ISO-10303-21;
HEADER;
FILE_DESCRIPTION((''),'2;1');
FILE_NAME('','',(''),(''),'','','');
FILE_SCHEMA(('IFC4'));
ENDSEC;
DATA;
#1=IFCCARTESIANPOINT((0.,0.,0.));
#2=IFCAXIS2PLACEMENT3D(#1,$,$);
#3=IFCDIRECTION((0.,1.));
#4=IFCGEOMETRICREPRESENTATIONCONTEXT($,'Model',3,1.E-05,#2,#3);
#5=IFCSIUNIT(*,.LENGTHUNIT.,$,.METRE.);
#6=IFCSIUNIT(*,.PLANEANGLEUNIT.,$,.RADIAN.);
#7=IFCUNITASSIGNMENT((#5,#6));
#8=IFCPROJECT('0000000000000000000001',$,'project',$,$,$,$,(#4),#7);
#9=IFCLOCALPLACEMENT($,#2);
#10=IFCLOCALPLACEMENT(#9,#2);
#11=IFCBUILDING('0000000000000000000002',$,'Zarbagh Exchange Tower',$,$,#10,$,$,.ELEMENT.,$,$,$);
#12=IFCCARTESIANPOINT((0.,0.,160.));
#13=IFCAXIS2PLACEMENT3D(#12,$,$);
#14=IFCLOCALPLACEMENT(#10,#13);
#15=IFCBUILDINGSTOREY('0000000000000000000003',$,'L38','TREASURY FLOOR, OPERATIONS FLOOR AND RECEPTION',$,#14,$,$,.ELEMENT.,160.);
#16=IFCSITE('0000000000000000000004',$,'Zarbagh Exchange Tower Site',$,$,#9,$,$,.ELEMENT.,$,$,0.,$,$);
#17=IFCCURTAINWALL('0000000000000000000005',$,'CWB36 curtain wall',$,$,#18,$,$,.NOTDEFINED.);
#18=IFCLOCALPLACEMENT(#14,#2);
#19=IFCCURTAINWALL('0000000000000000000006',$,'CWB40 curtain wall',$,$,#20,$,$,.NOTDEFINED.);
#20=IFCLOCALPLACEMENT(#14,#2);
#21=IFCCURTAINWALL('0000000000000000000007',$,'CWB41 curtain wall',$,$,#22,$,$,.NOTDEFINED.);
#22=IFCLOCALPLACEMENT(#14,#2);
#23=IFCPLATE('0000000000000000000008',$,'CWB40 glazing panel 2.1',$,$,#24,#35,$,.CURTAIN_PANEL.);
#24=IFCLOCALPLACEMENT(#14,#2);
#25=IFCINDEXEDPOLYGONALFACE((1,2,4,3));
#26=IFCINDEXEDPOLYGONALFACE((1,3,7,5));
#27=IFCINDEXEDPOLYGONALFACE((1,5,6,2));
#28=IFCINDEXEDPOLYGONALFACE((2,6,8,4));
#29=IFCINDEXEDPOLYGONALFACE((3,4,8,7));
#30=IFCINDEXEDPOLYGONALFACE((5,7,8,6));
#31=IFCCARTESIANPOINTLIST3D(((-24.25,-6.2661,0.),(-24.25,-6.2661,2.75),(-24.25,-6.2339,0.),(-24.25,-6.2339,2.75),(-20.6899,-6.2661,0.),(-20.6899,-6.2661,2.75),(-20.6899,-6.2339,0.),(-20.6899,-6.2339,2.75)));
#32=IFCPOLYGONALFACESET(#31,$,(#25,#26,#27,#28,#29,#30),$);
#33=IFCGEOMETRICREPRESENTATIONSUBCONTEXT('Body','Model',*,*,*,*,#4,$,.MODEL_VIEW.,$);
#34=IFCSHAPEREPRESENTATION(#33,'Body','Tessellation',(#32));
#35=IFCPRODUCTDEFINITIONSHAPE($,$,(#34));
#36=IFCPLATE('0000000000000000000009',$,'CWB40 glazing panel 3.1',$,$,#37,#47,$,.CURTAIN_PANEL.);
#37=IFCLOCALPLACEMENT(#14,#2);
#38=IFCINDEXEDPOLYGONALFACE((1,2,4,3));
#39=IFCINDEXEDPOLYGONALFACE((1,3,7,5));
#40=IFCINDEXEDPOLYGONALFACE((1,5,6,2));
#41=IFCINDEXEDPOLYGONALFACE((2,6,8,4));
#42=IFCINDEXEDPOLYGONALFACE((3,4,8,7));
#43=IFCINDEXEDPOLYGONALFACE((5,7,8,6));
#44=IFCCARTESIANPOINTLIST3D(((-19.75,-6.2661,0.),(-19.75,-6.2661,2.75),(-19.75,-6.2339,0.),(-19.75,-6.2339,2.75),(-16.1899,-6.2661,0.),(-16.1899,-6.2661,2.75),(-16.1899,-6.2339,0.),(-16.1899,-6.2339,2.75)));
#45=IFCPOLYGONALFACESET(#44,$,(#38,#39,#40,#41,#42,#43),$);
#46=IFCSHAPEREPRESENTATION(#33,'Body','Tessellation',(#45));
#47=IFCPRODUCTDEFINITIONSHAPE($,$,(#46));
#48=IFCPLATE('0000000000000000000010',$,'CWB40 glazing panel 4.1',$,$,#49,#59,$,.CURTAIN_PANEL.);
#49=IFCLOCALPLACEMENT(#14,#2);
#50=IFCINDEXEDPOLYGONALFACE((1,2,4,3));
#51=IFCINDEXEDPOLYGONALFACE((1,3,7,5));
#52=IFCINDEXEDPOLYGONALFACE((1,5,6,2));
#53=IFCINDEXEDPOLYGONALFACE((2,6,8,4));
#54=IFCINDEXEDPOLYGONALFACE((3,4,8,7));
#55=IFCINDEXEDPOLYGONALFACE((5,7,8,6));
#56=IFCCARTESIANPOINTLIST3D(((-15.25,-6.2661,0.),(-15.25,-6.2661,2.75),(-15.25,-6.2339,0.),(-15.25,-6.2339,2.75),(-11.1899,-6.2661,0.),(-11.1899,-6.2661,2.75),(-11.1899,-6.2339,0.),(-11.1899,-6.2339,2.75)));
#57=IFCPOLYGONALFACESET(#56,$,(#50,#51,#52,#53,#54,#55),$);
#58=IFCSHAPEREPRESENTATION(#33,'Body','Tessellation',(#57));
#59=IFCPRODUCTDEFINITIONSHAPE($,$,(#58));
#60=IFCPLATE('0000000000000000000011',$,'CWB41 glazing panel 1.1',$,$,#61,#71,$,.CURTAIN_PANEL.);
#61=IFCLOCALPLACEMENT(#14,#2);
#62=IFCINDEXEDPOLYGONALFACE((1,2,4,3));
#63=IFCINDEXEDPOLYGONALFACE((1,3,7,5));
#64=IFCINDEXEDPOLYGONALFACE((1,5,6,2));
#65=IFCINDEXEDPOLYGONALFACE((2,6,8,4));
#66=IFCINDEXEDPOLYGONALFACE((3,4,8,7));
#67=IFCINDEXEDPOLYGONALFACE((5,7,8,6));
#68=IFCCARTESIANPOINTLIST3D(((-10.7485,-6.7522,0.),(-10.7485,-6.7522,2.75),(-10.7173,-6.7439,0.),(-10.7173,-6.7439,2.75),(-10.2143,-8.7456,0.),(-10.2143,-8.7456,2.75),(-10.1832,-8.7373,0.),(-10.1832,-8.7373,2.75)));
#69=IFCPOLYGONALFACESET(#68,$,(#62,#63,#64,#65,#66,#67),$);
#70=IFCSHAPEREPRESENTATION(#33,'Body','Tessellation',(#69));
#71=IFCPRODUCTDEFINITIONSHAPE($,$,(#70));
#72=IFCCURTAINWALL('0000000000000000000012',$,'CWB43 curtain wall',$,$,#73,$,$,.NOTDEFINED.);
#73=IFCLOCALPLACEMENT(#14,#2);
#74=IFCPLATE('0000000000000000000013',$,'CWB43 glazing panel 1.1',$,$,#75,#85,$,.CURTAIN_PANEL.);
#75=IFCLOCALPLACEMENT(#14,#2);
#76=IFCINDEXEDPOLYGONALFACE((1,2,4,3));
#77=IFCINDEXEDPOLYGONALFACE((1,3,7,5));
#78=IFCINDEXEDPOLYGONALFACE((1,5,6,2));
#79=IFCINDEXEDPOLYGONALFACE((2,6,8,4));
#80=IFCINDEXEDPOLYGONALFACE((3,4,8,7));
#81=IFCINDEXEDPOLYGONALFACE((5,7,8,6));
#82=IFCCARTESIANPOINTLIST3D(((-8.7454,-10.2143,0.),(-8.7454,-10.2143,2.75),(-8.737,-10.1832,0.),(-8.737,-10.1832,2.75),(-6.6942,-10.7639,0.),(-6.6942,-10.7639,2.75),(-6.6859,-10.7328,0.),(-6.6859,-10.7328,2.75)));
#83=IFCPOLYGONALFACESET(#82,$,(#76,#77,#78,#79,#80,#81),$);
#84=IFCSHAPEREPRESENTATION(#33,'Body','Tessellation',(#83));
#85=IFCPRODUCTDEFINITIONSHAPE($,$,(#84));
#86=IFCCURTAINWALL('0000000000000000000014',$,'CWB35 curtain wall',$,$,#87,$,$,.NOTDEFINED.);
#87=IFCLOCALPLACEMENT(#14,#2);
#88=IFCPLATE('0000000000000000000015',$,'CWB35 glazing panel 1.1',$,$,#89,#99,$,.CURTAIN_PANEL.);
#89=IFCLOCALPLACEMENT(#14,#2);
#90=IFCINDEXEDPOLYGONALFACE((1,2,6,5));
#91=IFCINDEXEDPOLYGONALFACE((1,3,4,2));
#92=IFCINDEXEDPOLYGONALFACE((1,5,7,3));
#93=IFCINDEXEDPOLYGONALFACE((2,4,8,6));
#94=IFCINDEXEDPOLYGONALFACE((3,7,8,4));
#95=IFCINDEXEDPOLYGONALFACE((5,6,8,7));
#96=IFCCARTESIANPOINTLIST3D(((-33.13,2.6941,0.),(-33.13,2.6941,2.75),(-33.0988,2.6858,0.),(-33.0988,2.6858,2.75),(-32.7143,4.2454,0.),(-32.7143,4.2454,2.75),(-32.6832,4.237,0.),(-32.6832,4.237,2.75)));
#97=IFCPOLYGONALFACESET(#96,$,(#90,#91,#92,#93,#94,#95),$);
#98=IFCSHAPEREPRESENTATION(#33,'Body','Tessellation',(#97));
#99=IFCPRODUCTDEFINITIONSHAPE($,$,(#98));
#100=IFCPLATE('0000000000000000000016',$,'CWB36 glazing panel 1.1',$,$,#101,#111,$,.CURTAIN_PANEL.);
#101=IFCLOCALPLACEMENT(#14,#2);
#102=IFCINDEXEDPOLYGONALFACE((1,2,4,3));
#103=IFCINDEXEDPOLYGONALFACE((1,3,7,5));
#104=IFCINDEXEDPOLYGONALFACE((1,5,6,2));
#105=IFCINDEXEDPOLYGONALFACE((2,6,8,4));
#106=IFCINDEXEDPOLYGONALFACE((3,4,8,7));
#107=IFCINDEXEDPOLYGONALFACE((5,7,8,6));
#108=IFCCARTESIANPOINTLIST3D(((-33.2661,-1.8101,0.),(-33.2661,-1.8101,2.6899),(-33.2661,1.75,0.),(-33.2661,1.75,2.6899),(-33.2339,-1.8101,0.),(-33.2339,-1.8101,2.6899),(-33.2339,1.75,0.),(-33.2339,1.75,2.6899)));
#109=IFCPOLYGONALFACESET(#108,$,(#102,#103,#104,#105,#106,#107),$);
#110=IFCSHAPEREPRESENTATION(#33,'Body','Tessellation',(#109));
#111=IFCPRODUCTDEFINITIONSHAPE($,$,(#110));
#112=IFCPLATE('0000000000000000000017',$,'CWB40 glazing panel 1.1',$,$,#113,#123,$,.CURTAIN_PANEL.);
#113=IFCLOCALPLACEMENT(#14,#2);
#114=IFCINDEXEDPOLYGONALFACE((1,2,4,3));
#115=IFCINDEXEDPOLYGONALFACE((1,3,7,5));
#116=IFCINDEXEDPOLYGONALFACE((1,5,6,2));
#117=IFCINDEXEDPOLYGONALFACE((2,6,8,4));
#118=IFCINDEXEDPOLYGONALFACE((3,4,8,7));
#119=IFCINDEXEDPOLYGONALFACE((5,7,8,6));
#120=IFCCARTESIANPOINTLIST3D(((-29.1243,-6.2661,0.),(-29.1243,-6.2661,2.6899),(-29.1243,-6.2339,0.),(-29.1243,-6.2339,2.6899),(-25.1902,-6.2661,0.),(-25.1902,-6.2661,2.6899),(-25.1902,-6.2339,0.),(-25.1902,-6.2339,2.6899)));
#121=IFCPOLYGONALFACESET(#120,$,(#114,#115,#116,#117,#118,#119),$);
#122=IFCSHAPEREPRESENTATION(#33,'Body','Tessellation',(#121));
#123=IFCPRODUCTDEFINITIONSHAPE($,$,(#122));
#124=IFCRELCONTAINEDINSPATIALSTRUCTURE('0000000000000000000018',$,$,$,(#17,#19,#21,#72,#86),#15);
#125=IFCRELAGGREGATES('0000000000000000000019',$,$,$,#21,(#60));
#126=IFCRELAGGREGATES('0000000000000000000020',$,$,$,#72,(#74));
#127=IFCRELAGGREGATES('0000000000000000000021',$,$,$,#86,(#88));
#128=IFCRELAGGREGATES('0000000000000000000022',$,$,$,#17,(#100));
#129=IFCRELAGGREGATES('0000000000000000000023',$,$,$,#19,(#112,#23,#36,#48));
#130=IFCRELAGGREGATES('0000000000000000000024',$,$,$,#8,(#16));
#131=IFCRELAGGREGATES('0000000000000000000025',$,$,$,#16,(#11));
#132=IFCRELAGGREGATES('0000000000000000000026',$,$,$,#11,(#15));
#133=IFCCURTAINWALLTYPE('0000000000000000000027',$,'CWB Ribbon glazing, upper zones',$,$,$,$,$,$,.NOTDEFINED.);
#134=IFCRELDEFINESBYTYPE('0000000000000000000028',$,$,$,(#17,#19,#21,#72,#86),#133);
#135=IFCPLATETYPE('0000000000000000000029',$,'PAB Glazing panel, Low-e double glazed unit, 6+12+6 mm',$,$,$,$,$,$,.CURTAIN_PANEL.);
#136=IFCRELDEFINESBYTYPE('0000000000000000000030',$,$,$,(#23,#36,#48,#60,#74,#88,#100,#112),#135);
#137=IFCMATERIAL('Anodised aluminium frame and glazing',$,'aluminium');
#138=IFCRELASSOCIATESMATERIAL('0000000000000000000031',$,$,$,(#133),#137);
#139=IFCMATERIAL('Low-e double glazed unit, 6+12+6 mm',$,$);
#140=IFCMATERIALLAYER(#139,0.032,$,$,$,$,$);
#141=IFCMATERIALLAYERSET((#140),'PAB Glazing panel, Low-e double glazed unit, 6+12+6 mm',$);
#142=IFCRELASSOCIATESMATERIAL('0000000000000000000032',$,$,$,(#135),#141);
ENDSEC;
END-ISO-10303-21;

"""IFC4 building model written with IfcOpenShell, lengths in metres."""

from ifc_helpers import new_model, si_unit, direction, frame, origin, place, context, subcontext, project, spatial, polyline, outline, extrude, source, transform, mapped, material, layer, layer_set, type_object, element, aggregate, save


model = new_model("IFC4")

# Units and contexts
model_context = context("Model", 3, precision=1e-05, world=origin(), true_north=direction((0.0, 1.0)))
body_context = subcontext(model_context, "Body", "Model", "MODEL_VIEW")
ifc_project = project(units=[si_unit("LENGTHUNIT", "METRE"), si_unit("PLANEANGLEUNIT", "RADIAN")], contexts=[model_context])

# Site, building, storey
site_placement = place(None, origin())
site = spatial("IfcSite", under=ifc_project, at=site_placement, Name="Zarbagh Exchange Tower Site", CompositionType="ELEMENT", RefElevation=0.0)
building_placement = place(site_placement, origin())
building = spatial("IfcBuilding", under=site, at=building_placement, Name="Zarbagh Exchange Tower", CompositionType="ELEMENT")
storey_placement = place(building_placement, frame((0.0, 0.0, 160.0)))
storey = spatial("IfcBuildingStorey", under=building, at=storey_placement, Name="L38", Description="TREASURY FLOOR, OPERATIONS FLOOR AND RECEPTION", CompositionType="ELEMENT", Elevation=160.0)

# Curtain wall
ifc_material_1 = material(Name="Anodised aluminium frame and glazing", Category="aluminium")
curtain_wall_type = type_object("IfcCurtainWallType", Name="CWB Ribbon glazing, upper zones", PredefinedType="NOTDEFINED", material=ifc_material_1)
curtain_wall_1_placement = place(storey_placement, origin())
curtain_wall_1 = element("IfcCurtainWall", 1, at=curtain_wall_1_placement, inside=storey, type_object=curtain_wall_type, Name="CWB36 curtain wall", PredefinedType="NOTDEFINED")
placement = place(storey_placement, origin())

# Curtain wall
curtain_wall_2_placement = place(storey_placement, origin())
curtain_wall_2 = element("IfcCurtainWall", 2, at=curtain_wall_2_placement, inside=storey, type_object=curtain_wall_type, Name="CWB40 curtain wall", PredefinedType="NOTDEFINED")

# Curtain wall
curtain_wall_3_placement = place(storey_placement, origin())
curtain_wall_3 = element("IfcCurtainWall", 3, at=curtain_wall_3_placement, inside=storey, type_object=curtain_wall_type, Name="CWB41 curtain wall", PredefinedType="NOTDEFINED")

# Shared definitions
ifc_material_2 = material(Name="Low-e double glazed unit, 6+12+6 mm")
ifc_layer = layer(ifc_material_2, 0.032)
ifc_layer_set = layer_set([ifc_layer], Name="PAB Glazing panel, Low-e double glazed unit, 6+12+6 mm")
plate_type = type_object("IfcPlateType", Name="PAB Glazing panel, Low-e double glazed unit, 6+12+6 mm", PredefinedType="CURTAIN_PANEL", material=ifc_layer_set)

# Plates
shared_shape_1 = source(origin(), body_context, "Body", "SweptSolid", [
    extrude(outline(polyline([(0.0, -0.0161), (3.5601, -0.0161), (3.5601, 0.0161), (0.0, 0.0161), (0.0, -0.0161)])), origin(), (0.0, 0.0, 1.0), 2.75),
])
plate_1 = element("IfcPlate", 4, at=placement, type_object=plate_type, Name="CWB40 glazing panel 2.1", PredefinedType="CURTAIN_PANEL", context=body_context, shape_type="MappedRepresentation", body=[
    mapped(shared_shape_1, transform((-24.25, -6.25, 0.0), x_axis=(1.0, 0.0, 0.0), y_axis=(0.0, 1.0, 0.0), z_axis=(0.0, 0.0, 1.0))),
])
plate_2 = element("IfcPlate", 5, at=placement, type_object=plate_type, Name="CWB40 glazing panel 3.1", PredefinedType="CURTAIN_PANEL", context=body_context, shape_type="MappedRepresentation", body=[
    mapped(shared_shape_1, transform((-19.75, -6.25, 0.0), x_axis=(1.0, 0.0, 0.0), y_axis=(0.0, 1.0, 0.0), z_axis=(0.0, 0.0, 1.0))),
])
shared_shape_2 = source(origin(), body_context, "Body", "SweptSolid", [
    extrude(outline(polyline([(0.0, -0.0161), (4.0601, -0.0161), (4.0601, 0.0161), (0.0, 0.0161), (0.0, -0.0161)])), origin(), (0.0, 0.0, 1.0), 2.75),
])
plate_3 = element("IfcPlate", 6, at=placement, type_object=plate_type, Name="CWB40 glazing panel 4.1", PredefinedType="CURTAIN_PANEL", context=body_context, shape_type="MappedRepresentation", body=[
    mapped(shared_shape_2, transform((-15.25, -6.25, 0.0), x_axis=(1.0, 0.0, 0.0), y_axis=(0.0, 1.0, 0.0), z_axis=(0.0, 0.0, 1.0))),
])
shared_shape_3 = source(origin(), body_context, "Body", "SweptSolid", [
    extrude(outline(polyline([(0.0, -0.0161), (2.0637, -0.0161), (2.0637, 0.0161), (0.0, 0.0161), (0.0, -0.0161)])), origin(), (0.0, 0.0, 1.0), 2.75),
])
plate_4 = element("IfcPlate", 7, at=placement, type_object=plate_type, Name="CWB41 glazing panel 1.1", PredefinedType="CURTAIN_PANEL", context=body_context, shape_type="MappedRepresentation", body=[
    mapped(shared_shape_3, transform((-10.7329, -6.748, 0.0), x_axis=(0.258825, -0.965924, 0.0), y_axis=(0.965924, 0.258825, 0.0), z_axis=(0.0, 0.0, 1.0))),
])
aggregate(curtain_wall_3, [plate_4])

# Curtain walls, plates
curtain_wall_4_placement = place(storey_placement, origin())
curtain_wall_4 = element("IfcCurtainWall", 8, at=curtain_wall_4_placement, inside=storey, type_object=curtain_wall_type, Name="CWB43 curtain wall", PredefinedType="NOTDEFINED")
shared_shape_4 = source(origin(), body_context, "Body", "SweptSolid", [
    extrude(outline(polyline([(0.0, -0.0161), (2.1235, -0.0161), (2.1235, 0.0161), (0.0, 0.0161), (0.0, -0.0161)])), origin(), (0.0, 0.0, 1.0), 2.75),
])
plate_5 = element("IfcPlate", 9, at=placement, type_object=plate_type, Name="CWB43 glazing panel 1.1", PredefinedType="CURTAIN_PANEL", context=body_context, shape_type="MappedRepresentation", body=[
    mapped(shared_shape_4, transform((-8.7412, -10.1987, 0.0), x_axis=(0.965924, -0.258825, 0.0), y_axis=(0.258825, 0.965924, 0.0), z_axis=(0.0, 0.0, 1.0))),
])
aggregate(curtain_wall_4, [plate_5])
curtain_wall_5_placement = place(storey_placement, origin())
curtain_wall_5 = element("IfcCurtainWall", 10, at=curtain_wall_5_placement, inside=storey, type_object=curtain_wall_type, Name="CWB35 curtain wall", PredefinedType="NOTDEFINED")
shared_shape_5 = source(origin(), body_context, "Body", "SweptSolid", [
    extrude(outline(polyline([(0.0, -0.0161), (1.606, -0.0161), (1.606, 0.0161), (0.0, 0.0161), (0.0, -0.0161)])), origin(), (0.0, 0.0, 1.0), 2.75),
])
plate_6 = element("IfcPlate", 11, at=placement, type_object=plate_type, Name="CWB35 glazing panel 1.1", PredefinedType="CURTAIN_PANEL", context=body_context, shape_type="MappedRepresentation", body=[
    mapped(shared_shape_5, transform((-32.6987, 4.2412, 0.0), x_axis=(-0.258825, -0.965924, 0.0), y_axis=(0.965924, -0.258825, 0.0), z_axis=(0.0, 0.0, 1.0))),
])
aggregate(curtain_wall_5, [plate_6])

# Plates
shared_shape_6 = source(origin(), body_context, "Body", "SweptSolid", [
    extrude(outline(polyline([(0.0, -0.0161), (3.5601, -0.0161), (3.5601, 0.0161), (0.0, 0.0161), (0.0, -0.0161)])), origin(), (0.0, 0.0, 1.0), 2.6899),
])
plate_7 = element("IfcPlate", 12, at=placement, type_object=plate_type, Name="CWB36 glazing panel 1.1", PredefinedType="CURTAIN_PANEL", context=body_context, shape_type="MappedRepresentation", body=[
    mapped(shared_shape_6, transform((-33.25, 1.75, 0.0), x_axis=(0.0, -1.0, 0.0), y_axis=(1.0, 0.0, 0.0), z_axis=(0.0, 0.0, 1.0))),
])
aggregate(curtain_wall_1, [plate_7])
shared_shape_7 = source(origin(), body_context, "Body", "SweptSolid", [
    extrude(outline(polyline([(0.0, -0.0161), (3.9341, -0.0161), (3.9341, 0.0161), (0.0, 0.0161), (0.0, -0.0161)])), origin(), (0.0, 0.0, 1.0), 2.6899),
])
plate_8 = element("IfcPlate", 13, at=placement, type_object=plate_type, Name="CWB40 glazing panel 1.1", PredefinedType="CURTAIN_PANEL", context=body_context, shape_type="MappedRepresentation", body=[
    mapped(shared_shape_7, transform((-29.1243, -6.25, 0.0), x_axis=(1.0, 0.0, 0.0), y_axis=(0.0, 1.0, 0.0), z_axis=(0.0, 0.0, 1.0))),
])
aggregate(curtain_wall_2, [plate_8, plate_1, plate_2, plate_3])

save(model, "model.ifc")
